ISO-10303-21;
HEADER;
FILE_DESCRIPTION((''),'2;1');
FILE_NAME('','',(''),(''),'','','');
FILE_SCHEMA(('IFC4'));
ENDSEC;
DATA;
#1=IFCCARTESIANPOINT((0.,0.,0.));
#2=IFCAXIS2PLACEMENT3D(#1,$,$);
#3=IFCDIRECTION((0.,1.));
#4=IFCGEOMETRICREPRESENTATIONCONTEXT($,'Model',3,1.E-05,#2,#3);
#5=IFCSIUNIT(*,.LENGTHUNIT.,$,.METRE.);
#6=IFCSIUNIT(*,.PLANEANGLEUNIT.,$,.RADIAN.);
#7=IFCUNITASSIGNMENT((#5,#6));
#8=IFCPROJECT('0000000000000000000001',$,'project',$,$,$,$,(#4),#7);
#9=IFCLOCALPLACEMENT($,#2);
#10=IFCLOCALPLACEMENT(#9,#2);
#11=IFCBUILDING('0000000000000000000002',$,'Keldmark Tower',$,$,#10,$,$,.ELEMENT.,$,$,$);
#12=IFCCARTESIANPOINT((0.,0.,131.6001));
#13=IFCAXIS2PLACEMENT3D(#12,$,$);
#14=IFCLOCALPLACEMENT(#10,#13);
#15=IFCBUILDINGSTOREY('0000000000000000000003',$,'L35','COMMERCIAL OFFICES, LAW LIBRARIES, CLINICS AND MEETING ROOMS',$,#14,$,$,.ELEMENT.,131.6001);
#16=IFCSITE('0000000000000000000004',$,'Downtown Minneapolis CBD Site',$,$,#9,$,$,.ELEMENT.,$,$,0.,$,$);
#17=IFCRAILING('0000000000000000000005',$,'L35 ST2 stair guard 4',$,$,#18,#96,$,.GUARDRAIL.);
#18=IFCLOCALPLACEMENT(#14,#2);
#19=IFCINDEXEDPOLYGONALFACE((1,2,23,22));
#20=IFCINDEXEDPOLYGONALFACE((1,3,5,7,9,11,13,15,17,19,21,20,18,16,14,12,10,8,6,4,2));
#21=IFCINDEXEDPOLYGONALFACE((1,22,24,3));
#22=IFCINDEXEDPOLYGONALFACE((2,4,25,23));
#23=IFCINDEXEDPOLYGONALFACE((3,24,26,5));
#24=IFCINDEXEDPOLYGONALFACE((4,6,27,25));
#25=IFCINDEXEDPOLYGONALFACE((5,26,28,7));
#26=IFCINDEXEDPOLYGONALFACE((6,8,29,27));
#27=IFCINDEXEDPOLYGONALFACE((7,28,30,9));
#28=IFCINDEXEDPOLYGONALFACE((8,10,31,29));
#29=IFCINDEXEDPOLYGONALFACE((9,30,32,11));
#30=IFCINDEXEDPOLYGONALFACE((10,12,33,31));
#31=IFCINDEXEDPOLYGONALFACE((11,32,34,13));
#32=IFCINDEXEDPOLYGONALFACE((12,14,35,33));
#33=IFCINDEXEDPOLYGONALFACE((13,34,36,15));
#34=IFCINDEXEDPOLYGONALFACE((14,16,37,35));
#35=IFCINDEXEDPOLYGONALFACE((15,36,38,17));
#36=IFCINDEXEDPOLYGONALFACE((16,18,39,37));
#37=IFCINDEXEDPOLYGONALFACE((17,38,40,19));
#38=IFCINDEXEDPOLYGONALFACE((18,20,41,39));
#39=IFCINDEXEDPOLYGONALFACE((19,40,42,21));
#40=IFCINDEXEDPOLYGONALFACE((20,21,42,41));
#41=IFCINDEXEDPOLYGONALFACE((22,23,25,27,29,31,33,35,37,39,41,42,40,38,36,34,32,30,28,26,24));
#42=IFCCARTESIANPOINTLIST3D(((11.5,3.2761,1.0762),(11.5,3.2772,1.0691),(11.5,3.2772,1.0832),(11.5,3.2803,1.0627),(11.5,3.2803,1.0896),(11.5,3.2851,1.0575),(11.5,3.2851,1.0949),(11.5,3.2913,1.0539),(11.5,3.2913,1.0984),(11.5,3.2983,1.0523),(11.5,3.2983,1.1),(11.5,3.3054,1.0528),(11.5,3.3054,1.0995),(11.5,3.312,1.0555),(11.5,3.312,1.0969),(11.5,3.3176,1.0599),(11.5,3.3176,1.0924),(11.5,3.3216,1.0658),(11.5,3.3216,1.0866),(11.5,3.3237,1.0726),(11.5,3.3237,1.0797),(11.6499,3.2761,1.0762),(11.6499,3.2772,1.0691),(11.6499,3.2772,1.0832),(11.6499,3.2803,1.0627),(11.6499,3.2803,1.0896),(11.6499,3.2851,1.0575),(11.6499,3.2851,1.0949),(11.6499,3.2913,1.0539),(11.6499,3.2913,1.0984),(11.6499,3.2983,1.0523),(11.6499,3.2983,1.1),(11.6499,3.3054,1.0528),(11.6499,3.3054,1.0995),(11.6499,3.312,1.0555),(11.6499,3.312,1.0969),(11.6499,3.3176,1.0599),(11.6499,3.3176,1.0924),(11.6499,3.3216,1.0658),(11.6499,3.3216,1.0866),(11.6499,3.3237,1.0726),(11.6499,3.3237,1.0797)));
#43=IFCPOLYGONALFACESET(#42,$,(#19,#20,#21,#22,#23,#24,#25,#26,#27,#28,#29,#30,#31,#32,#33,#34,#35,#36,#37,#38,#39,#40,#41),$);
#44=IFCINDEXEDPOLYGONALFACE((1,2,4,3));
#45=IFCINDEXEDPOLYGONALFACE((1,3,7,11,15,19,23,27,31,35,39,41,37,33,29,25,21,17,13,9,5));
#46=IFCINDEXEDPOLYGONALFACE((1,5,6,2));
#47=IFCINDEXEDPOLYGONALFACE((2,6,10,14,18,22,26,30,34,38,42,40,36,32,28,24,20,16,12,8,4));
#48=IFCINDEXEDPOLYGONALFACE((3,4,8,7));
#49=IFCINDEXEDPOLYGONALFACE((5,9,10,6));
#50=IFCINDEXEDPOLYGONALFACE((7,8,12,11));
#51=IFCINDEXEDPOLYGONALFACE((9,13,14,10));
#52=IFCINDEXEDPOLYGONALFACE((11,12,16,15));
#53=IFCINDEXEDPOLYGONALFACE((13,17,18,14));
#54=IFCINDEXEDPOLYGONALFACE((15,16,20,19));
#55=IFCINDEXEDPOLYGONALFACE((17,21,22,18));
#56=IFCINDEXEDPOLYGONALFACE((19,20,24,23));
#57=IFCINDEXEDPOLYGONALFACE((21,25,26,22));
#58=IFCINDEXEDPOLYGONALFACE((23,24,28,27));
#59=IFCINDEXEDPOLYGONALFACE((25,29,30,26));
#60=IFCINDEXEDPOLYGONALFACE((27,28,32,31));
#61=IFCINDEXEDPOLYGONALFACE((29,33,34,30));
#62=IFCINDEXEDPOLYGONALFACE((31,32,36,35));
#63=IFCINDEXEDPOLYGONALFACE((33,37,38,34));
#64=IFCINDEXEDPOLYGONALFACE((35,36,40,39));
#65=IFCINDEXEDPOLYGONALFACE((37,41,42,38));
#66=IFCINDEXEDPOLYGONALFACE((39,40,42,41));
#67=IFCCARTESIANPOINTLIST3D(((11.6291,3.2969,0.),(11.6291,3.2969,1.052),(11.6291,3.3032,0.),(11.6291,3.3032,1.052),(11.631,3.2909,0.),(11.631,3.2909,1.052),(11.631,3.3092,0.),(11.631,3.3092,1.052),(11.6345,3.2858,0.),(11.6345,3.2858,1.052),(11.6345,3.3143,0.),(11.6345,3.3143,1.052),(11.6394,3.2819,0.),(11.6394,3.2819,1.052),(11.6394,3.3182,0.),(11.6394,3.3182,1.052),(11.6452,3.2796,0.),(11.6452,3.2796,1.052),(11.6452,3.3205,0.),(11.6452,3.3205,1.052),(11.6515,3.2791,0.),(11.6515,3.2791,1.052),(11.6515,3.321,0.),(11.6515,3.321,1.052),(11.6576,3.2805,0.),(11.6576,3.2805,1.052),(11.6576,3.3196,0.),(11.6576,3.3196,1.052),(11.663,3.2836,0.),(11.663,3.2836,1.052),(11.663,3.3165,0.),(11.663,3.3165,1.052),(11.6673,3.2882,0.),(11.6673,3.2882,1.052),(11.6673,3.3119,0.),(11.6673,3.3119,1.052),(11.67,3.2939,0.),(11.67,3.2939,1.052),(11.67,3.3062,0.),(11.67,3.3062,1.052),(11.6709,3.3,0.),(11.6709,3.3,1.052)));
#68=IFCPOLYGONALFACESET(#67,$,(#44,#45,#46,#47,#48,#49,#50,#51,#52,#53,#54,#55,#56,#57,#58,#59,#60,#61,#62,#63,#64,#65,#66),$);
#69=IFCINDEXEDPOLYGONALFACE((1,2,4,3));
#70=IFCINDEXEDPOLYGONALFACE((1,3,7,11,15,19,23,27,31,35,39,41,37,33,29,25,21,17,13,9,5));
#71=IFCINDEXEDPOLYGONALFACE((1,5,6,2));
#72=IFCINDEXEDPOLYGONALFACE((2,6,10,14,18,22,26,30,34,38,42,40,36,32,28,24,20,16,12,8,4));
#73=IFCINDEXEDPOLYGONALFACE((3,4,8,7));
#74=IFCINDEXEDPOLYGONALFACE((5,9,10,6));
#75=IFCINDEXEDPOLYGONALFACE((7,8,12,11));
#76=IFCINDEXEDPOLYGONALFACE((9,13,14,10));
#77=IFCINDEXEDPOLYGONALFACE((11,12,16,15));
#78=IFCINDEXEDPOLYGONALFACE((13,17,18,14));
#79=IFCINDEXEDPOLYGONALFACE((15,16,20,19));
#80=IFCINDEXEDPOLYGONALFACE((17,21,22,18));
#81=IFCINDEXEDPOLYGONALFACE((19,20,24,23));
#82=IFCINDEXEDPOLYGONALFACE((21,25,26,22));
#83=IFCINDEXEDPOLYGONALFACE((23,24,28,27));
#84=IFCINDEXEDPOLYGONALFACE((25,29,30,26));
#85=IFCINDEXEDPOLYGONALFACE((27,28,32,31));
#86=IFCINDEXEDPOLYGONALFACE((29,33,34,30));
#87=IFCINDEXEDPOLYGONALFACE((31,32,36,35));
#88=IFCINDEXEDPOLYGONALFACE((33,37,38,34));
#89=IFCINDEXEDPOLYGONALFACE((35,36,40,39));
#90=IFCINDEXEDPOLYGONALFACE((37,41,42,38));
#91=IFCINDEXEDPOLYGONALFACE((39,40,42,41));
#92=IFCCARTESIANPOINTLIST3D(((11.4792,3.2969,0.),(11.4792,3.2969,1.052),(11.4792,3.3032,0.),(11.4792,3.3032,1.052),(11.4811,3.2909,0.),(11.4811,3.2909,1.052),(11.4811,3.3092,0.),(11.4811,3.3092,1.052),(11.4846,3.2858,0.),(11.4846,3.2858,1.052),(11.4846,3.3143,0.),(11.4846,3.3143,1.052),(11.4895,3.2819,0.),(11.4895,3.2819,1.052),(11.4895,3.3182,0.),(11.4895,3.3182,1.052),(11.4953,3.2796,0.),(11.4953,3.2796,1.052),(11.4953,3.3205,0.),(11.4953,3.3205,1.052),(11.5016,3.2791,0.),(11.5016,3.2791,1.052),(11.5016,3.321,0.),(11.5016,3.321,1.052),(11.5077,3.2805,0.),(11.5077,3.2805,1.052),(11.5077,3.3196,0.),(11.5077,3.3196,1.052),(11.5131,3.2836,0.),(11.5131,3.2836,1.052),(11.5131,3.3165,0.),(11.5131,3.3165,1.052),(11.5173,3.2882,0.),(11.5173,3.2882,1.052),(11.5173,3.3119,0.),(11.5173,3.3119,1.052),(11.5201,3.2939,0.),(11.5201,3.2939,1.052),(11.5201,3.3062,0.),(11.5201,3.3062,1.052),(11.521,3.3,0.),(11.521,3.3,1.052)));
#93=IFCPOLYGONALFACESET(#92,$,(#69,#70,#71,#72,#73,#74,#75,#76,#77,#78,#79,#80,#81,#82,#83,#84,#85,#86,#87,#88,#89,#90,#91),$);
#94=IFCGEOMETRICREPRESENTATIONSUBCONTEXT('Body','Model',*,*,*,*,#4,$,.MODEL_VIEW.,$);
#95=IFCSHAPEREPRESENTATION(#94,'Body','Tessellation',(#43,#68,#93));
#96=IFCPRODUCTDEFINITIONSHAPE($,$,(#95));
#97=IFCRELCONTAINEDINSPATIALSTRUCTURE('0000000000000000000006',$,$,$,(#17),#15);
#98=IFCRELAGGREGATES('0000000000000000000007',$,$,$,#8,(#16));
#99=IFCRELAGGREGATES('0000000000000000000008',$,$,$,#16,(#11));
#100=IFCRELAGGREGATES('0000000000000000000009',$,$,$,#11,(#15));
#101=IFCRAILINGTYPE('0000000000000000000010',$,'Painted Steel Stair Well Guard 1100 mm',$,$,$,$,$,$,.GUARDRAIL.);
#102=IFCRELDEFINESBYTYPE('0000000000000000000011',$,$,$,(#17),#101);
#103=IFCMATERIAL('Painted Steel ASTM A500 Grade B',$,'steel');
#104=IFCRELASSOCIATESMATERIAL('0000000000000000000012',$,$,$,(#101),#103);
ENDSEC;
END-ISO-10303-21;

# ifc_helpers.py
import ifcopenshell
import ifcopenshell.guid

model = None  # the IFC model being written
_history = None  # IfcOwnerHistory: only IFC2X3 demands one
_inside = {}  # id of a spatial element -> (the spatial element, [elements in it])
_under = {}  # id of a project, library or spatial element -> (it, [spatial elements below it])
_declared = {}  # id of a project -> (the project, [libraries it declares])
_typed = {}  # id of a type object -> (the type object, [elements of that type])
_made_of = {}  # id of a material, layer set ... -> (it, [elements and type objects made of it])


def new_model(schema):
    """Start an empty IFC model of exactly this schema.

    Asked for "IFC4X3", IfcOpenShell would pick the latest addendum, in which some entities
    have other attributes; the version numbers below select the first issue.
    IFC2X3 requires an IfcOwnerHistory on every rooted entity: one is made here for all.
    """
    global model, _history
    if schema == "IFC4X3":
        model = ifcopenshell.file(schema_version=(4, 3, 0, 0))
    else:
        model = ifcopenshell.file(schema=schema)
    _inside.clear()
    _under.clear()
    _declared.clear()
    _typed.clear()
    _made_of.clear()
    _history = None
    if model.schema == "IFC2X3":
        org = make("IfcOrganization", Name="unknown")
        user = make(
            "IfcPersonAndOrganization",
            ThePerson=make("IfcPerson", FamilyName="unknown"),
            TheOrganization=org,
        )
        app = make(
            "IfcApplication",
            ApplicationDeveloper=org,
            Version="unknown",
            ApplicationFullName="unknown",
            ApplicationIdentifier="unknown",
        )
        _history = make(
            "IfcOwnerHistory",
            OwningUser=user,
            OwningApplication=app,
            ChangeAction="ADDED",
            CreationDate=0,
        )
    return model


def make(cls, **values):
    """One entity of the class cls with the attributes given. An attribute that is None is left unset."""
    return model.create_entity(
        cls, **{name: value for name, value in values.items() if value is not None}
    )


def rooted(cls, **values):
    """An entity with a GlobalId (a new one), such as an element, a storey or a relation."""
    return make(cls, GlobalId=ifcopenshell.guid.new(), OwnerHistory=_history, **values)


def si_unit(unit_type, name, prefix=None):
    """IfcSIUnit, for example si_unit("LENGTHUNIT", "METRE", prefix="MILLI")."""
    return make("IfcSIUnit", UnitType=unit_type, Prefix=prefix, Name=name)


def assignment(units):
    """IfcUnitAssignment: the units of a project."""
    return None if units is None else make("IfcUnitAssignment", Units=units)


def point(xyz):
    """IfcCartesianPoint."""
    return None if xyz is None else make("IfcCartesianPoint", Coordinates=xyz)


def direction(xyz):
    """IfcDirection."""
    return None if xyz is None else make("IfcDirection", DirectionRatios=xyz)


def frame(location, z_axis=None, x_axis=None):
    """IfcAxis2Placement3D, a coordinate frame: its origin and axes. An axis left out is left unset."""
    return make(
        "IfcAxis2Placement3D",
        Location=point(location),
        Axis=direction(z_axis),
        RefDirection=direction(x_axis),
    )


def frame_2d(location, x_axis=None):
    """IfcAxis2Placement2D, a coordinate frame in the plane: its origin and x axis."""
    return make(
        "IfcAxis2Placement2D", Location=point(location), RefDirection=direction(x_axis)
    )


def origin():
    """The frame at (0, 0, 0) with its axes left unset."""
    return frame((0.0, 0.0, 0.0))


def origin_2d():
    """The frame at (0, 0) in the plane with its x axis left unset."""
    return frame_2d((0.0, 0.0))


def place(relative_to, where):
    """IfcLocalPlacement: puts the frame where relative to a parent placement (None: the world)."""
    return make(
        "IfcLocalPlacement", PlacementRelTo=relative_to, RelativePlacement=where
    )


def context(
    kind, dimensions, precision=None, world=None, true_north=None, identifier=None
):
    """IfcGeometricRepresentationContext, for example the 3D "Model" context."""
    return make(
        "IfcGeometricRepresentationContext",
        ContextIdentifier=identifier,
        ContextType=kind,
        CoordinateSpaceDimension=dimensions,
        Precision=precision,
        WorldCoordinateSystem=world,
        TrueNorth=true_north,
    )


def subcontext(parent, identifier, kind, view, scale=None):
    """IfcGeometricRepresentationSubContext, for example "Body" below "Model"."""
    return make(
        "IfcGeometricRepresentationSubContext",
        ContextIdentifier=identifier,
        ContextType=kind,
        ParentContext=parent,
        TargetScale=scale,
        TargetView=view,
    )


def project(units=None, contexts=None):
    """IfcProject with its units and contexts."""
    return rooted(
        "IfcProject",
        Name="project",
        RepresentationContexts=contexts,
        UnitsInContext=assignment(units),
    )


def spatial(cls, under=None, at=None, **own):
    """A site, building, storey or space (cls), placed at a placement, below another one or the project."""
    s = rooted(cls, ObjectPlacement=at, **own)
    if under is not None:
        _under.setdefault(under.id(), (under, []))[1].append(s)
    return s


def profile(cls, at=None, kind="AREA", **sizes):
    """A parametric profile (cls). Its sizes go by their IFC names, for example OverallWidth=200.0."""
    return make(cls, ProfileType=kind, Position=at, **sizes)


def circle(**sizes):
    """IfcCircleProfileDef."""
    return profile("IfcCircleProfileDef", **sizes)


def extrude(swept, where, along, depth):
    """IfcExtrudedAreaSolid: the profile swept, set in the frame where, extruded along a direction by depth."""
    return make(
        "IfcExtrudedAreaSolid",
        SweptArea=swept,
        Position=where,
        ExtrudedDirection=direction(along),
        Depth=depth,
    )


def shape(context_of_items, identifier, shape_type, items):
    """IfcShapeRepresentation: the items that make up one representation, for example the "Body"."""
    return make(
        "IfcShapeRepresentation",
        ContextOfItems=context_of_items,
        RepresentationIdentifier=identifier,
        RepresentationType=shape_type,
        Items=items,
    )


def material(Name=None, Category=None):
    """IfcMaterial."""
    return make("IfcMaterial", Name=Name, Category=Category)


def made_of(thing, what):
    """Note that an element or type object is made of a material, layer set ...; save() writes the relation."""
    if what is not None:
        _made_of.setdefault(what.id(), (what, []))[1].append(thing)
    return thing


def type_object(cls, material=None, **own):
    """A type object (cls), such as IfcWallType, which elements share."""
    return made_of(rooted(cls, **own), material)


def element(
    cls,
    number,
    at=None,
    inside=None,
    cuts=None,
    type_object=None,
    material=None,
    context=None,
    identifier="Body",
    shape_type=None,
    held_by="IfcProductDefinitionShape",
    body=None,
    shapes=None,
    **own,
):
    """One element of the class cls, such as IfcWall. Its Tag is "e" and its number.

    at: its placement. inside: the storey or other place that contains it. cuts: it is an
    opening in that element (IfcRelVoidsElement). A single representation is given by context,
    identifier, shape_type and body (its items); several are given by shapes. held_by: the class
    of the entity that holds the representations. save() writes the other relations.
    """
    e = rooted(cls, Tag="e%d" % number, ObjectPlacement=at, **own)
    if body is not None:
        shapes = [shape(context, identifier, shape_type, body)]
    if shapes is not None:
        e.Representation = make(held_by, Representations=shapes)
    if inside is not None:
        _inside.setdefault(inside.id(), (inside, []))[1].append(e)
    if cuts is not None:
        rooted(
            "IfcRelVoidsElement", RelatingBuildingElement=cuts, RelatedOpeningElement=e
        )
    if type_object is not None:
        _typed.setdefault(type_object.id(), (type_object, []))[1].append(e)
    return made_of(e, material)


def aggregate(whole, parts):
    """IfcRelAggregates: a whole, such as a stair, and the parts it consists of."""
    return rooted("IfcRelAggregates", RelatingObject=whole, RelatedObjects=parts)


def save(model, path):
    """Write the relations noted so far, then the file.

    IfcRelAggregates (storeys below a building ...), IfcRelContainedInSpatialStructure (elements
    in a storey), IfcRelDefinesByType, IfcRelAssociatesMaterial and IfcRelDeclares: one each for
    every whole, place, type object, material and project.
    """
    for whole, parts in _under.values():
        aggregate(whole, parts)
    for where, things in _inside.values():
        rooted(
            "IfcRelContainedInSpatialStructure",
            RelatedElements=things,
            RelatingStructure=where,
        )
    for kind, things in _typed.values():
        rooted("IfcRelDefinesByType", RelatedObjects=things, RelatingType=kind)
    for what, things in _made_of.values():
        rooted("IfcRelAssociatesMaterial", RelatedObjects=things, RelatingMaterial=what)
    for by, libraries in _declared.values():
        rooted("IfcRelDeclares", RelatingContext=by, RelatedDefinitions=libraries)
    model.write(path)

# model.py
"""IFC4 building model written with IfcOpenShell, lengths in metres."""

from ifc_helpers import new_model, si_unit, direction, frame, origin, origin_2d, place, context, subcontext, project, spatial, circle, extrude, material, type_object, element, save


model = new_model("IFC4")

# Units and contexts
model_context = context("Model", 3, precision=1e-05, world=origin(), true_north=direction((0.0, 1.0)))
body_context = subcontext(model_context, "Body", "Model", "MODEL_VIEW")
ifc_project = project(units=[si_unit("LENGTHUNIT", "METRE"), si_unit("PLANEANGLEUNIT", "RADIAN")], contexts=[model_context])

# Site, building, storey
site_placement = place(None, origin())
site = spatial("IfcSite", under=ifc_project, at=site_placement, Name="Downtown Minneapolis CBD Site", CompositionType="ELEMENT", RefElevation=0.0)
building_placement = place(site_placement, origin())
building = spatial("IfcBuilding", under=site, at=building_placement, Name="Keldmark Tower", CompositionType="ELEMENT")
storey_placement = place(building_placement, frame((0.0, 0.0, 131.6001)))
storey = spatial("IfcBuildingStorey", under=building, at=storey_placement, Name="L35", Description="COMMERCIAL OFFICES, LAW LIBRARIES, CLINICS AND MEETING ROOMS", CompositionType="ELEMENT", Elevation=131.6001)

# Railing
ifc_material_1 = material(Name="Painted Steel ASTM A500 Grade B", Category="steel")
railing_type_1 = type_object("IfcRailingType", Name="Painted Steel Stair Well Guard 1100 mm", PredefinedType="GUARDRAIL", material=ifc_material_1)
railing_1_placement = place(storey_placement, frame((11.6499, 3.3, 0.0)))
element("IfcRailing", 1, at=railing_1_placement, inside=storey, type_object=railing_type_1, Name="L35 ST2 stair guard 4", PredefinedType="GUARDRAIL", context=body_context, shape_type="SweptSolid", body=[
    extrude(circle(Radius=0.0239, at=origin_2d()), frame((0.0, 0.0, 1.0762), z_axis=(-1.0, 0.0, 0.0), x_axis=(0.0, -1.0, 0.0)), (0.0, 0.0, 1.0), 0.1499),
    extrude(circle(Radius=0.021, at=origin_2d()), origin(), (0.0, 0.0, 1.0), 1.052),
    extrude(circle(Radius=0.021, at=origin_2d()), frame((-0.1499, 0.0, 0.0)), (0.0, 0.0, 1.0), 1.052),
])

save(model, "model.ifc")
